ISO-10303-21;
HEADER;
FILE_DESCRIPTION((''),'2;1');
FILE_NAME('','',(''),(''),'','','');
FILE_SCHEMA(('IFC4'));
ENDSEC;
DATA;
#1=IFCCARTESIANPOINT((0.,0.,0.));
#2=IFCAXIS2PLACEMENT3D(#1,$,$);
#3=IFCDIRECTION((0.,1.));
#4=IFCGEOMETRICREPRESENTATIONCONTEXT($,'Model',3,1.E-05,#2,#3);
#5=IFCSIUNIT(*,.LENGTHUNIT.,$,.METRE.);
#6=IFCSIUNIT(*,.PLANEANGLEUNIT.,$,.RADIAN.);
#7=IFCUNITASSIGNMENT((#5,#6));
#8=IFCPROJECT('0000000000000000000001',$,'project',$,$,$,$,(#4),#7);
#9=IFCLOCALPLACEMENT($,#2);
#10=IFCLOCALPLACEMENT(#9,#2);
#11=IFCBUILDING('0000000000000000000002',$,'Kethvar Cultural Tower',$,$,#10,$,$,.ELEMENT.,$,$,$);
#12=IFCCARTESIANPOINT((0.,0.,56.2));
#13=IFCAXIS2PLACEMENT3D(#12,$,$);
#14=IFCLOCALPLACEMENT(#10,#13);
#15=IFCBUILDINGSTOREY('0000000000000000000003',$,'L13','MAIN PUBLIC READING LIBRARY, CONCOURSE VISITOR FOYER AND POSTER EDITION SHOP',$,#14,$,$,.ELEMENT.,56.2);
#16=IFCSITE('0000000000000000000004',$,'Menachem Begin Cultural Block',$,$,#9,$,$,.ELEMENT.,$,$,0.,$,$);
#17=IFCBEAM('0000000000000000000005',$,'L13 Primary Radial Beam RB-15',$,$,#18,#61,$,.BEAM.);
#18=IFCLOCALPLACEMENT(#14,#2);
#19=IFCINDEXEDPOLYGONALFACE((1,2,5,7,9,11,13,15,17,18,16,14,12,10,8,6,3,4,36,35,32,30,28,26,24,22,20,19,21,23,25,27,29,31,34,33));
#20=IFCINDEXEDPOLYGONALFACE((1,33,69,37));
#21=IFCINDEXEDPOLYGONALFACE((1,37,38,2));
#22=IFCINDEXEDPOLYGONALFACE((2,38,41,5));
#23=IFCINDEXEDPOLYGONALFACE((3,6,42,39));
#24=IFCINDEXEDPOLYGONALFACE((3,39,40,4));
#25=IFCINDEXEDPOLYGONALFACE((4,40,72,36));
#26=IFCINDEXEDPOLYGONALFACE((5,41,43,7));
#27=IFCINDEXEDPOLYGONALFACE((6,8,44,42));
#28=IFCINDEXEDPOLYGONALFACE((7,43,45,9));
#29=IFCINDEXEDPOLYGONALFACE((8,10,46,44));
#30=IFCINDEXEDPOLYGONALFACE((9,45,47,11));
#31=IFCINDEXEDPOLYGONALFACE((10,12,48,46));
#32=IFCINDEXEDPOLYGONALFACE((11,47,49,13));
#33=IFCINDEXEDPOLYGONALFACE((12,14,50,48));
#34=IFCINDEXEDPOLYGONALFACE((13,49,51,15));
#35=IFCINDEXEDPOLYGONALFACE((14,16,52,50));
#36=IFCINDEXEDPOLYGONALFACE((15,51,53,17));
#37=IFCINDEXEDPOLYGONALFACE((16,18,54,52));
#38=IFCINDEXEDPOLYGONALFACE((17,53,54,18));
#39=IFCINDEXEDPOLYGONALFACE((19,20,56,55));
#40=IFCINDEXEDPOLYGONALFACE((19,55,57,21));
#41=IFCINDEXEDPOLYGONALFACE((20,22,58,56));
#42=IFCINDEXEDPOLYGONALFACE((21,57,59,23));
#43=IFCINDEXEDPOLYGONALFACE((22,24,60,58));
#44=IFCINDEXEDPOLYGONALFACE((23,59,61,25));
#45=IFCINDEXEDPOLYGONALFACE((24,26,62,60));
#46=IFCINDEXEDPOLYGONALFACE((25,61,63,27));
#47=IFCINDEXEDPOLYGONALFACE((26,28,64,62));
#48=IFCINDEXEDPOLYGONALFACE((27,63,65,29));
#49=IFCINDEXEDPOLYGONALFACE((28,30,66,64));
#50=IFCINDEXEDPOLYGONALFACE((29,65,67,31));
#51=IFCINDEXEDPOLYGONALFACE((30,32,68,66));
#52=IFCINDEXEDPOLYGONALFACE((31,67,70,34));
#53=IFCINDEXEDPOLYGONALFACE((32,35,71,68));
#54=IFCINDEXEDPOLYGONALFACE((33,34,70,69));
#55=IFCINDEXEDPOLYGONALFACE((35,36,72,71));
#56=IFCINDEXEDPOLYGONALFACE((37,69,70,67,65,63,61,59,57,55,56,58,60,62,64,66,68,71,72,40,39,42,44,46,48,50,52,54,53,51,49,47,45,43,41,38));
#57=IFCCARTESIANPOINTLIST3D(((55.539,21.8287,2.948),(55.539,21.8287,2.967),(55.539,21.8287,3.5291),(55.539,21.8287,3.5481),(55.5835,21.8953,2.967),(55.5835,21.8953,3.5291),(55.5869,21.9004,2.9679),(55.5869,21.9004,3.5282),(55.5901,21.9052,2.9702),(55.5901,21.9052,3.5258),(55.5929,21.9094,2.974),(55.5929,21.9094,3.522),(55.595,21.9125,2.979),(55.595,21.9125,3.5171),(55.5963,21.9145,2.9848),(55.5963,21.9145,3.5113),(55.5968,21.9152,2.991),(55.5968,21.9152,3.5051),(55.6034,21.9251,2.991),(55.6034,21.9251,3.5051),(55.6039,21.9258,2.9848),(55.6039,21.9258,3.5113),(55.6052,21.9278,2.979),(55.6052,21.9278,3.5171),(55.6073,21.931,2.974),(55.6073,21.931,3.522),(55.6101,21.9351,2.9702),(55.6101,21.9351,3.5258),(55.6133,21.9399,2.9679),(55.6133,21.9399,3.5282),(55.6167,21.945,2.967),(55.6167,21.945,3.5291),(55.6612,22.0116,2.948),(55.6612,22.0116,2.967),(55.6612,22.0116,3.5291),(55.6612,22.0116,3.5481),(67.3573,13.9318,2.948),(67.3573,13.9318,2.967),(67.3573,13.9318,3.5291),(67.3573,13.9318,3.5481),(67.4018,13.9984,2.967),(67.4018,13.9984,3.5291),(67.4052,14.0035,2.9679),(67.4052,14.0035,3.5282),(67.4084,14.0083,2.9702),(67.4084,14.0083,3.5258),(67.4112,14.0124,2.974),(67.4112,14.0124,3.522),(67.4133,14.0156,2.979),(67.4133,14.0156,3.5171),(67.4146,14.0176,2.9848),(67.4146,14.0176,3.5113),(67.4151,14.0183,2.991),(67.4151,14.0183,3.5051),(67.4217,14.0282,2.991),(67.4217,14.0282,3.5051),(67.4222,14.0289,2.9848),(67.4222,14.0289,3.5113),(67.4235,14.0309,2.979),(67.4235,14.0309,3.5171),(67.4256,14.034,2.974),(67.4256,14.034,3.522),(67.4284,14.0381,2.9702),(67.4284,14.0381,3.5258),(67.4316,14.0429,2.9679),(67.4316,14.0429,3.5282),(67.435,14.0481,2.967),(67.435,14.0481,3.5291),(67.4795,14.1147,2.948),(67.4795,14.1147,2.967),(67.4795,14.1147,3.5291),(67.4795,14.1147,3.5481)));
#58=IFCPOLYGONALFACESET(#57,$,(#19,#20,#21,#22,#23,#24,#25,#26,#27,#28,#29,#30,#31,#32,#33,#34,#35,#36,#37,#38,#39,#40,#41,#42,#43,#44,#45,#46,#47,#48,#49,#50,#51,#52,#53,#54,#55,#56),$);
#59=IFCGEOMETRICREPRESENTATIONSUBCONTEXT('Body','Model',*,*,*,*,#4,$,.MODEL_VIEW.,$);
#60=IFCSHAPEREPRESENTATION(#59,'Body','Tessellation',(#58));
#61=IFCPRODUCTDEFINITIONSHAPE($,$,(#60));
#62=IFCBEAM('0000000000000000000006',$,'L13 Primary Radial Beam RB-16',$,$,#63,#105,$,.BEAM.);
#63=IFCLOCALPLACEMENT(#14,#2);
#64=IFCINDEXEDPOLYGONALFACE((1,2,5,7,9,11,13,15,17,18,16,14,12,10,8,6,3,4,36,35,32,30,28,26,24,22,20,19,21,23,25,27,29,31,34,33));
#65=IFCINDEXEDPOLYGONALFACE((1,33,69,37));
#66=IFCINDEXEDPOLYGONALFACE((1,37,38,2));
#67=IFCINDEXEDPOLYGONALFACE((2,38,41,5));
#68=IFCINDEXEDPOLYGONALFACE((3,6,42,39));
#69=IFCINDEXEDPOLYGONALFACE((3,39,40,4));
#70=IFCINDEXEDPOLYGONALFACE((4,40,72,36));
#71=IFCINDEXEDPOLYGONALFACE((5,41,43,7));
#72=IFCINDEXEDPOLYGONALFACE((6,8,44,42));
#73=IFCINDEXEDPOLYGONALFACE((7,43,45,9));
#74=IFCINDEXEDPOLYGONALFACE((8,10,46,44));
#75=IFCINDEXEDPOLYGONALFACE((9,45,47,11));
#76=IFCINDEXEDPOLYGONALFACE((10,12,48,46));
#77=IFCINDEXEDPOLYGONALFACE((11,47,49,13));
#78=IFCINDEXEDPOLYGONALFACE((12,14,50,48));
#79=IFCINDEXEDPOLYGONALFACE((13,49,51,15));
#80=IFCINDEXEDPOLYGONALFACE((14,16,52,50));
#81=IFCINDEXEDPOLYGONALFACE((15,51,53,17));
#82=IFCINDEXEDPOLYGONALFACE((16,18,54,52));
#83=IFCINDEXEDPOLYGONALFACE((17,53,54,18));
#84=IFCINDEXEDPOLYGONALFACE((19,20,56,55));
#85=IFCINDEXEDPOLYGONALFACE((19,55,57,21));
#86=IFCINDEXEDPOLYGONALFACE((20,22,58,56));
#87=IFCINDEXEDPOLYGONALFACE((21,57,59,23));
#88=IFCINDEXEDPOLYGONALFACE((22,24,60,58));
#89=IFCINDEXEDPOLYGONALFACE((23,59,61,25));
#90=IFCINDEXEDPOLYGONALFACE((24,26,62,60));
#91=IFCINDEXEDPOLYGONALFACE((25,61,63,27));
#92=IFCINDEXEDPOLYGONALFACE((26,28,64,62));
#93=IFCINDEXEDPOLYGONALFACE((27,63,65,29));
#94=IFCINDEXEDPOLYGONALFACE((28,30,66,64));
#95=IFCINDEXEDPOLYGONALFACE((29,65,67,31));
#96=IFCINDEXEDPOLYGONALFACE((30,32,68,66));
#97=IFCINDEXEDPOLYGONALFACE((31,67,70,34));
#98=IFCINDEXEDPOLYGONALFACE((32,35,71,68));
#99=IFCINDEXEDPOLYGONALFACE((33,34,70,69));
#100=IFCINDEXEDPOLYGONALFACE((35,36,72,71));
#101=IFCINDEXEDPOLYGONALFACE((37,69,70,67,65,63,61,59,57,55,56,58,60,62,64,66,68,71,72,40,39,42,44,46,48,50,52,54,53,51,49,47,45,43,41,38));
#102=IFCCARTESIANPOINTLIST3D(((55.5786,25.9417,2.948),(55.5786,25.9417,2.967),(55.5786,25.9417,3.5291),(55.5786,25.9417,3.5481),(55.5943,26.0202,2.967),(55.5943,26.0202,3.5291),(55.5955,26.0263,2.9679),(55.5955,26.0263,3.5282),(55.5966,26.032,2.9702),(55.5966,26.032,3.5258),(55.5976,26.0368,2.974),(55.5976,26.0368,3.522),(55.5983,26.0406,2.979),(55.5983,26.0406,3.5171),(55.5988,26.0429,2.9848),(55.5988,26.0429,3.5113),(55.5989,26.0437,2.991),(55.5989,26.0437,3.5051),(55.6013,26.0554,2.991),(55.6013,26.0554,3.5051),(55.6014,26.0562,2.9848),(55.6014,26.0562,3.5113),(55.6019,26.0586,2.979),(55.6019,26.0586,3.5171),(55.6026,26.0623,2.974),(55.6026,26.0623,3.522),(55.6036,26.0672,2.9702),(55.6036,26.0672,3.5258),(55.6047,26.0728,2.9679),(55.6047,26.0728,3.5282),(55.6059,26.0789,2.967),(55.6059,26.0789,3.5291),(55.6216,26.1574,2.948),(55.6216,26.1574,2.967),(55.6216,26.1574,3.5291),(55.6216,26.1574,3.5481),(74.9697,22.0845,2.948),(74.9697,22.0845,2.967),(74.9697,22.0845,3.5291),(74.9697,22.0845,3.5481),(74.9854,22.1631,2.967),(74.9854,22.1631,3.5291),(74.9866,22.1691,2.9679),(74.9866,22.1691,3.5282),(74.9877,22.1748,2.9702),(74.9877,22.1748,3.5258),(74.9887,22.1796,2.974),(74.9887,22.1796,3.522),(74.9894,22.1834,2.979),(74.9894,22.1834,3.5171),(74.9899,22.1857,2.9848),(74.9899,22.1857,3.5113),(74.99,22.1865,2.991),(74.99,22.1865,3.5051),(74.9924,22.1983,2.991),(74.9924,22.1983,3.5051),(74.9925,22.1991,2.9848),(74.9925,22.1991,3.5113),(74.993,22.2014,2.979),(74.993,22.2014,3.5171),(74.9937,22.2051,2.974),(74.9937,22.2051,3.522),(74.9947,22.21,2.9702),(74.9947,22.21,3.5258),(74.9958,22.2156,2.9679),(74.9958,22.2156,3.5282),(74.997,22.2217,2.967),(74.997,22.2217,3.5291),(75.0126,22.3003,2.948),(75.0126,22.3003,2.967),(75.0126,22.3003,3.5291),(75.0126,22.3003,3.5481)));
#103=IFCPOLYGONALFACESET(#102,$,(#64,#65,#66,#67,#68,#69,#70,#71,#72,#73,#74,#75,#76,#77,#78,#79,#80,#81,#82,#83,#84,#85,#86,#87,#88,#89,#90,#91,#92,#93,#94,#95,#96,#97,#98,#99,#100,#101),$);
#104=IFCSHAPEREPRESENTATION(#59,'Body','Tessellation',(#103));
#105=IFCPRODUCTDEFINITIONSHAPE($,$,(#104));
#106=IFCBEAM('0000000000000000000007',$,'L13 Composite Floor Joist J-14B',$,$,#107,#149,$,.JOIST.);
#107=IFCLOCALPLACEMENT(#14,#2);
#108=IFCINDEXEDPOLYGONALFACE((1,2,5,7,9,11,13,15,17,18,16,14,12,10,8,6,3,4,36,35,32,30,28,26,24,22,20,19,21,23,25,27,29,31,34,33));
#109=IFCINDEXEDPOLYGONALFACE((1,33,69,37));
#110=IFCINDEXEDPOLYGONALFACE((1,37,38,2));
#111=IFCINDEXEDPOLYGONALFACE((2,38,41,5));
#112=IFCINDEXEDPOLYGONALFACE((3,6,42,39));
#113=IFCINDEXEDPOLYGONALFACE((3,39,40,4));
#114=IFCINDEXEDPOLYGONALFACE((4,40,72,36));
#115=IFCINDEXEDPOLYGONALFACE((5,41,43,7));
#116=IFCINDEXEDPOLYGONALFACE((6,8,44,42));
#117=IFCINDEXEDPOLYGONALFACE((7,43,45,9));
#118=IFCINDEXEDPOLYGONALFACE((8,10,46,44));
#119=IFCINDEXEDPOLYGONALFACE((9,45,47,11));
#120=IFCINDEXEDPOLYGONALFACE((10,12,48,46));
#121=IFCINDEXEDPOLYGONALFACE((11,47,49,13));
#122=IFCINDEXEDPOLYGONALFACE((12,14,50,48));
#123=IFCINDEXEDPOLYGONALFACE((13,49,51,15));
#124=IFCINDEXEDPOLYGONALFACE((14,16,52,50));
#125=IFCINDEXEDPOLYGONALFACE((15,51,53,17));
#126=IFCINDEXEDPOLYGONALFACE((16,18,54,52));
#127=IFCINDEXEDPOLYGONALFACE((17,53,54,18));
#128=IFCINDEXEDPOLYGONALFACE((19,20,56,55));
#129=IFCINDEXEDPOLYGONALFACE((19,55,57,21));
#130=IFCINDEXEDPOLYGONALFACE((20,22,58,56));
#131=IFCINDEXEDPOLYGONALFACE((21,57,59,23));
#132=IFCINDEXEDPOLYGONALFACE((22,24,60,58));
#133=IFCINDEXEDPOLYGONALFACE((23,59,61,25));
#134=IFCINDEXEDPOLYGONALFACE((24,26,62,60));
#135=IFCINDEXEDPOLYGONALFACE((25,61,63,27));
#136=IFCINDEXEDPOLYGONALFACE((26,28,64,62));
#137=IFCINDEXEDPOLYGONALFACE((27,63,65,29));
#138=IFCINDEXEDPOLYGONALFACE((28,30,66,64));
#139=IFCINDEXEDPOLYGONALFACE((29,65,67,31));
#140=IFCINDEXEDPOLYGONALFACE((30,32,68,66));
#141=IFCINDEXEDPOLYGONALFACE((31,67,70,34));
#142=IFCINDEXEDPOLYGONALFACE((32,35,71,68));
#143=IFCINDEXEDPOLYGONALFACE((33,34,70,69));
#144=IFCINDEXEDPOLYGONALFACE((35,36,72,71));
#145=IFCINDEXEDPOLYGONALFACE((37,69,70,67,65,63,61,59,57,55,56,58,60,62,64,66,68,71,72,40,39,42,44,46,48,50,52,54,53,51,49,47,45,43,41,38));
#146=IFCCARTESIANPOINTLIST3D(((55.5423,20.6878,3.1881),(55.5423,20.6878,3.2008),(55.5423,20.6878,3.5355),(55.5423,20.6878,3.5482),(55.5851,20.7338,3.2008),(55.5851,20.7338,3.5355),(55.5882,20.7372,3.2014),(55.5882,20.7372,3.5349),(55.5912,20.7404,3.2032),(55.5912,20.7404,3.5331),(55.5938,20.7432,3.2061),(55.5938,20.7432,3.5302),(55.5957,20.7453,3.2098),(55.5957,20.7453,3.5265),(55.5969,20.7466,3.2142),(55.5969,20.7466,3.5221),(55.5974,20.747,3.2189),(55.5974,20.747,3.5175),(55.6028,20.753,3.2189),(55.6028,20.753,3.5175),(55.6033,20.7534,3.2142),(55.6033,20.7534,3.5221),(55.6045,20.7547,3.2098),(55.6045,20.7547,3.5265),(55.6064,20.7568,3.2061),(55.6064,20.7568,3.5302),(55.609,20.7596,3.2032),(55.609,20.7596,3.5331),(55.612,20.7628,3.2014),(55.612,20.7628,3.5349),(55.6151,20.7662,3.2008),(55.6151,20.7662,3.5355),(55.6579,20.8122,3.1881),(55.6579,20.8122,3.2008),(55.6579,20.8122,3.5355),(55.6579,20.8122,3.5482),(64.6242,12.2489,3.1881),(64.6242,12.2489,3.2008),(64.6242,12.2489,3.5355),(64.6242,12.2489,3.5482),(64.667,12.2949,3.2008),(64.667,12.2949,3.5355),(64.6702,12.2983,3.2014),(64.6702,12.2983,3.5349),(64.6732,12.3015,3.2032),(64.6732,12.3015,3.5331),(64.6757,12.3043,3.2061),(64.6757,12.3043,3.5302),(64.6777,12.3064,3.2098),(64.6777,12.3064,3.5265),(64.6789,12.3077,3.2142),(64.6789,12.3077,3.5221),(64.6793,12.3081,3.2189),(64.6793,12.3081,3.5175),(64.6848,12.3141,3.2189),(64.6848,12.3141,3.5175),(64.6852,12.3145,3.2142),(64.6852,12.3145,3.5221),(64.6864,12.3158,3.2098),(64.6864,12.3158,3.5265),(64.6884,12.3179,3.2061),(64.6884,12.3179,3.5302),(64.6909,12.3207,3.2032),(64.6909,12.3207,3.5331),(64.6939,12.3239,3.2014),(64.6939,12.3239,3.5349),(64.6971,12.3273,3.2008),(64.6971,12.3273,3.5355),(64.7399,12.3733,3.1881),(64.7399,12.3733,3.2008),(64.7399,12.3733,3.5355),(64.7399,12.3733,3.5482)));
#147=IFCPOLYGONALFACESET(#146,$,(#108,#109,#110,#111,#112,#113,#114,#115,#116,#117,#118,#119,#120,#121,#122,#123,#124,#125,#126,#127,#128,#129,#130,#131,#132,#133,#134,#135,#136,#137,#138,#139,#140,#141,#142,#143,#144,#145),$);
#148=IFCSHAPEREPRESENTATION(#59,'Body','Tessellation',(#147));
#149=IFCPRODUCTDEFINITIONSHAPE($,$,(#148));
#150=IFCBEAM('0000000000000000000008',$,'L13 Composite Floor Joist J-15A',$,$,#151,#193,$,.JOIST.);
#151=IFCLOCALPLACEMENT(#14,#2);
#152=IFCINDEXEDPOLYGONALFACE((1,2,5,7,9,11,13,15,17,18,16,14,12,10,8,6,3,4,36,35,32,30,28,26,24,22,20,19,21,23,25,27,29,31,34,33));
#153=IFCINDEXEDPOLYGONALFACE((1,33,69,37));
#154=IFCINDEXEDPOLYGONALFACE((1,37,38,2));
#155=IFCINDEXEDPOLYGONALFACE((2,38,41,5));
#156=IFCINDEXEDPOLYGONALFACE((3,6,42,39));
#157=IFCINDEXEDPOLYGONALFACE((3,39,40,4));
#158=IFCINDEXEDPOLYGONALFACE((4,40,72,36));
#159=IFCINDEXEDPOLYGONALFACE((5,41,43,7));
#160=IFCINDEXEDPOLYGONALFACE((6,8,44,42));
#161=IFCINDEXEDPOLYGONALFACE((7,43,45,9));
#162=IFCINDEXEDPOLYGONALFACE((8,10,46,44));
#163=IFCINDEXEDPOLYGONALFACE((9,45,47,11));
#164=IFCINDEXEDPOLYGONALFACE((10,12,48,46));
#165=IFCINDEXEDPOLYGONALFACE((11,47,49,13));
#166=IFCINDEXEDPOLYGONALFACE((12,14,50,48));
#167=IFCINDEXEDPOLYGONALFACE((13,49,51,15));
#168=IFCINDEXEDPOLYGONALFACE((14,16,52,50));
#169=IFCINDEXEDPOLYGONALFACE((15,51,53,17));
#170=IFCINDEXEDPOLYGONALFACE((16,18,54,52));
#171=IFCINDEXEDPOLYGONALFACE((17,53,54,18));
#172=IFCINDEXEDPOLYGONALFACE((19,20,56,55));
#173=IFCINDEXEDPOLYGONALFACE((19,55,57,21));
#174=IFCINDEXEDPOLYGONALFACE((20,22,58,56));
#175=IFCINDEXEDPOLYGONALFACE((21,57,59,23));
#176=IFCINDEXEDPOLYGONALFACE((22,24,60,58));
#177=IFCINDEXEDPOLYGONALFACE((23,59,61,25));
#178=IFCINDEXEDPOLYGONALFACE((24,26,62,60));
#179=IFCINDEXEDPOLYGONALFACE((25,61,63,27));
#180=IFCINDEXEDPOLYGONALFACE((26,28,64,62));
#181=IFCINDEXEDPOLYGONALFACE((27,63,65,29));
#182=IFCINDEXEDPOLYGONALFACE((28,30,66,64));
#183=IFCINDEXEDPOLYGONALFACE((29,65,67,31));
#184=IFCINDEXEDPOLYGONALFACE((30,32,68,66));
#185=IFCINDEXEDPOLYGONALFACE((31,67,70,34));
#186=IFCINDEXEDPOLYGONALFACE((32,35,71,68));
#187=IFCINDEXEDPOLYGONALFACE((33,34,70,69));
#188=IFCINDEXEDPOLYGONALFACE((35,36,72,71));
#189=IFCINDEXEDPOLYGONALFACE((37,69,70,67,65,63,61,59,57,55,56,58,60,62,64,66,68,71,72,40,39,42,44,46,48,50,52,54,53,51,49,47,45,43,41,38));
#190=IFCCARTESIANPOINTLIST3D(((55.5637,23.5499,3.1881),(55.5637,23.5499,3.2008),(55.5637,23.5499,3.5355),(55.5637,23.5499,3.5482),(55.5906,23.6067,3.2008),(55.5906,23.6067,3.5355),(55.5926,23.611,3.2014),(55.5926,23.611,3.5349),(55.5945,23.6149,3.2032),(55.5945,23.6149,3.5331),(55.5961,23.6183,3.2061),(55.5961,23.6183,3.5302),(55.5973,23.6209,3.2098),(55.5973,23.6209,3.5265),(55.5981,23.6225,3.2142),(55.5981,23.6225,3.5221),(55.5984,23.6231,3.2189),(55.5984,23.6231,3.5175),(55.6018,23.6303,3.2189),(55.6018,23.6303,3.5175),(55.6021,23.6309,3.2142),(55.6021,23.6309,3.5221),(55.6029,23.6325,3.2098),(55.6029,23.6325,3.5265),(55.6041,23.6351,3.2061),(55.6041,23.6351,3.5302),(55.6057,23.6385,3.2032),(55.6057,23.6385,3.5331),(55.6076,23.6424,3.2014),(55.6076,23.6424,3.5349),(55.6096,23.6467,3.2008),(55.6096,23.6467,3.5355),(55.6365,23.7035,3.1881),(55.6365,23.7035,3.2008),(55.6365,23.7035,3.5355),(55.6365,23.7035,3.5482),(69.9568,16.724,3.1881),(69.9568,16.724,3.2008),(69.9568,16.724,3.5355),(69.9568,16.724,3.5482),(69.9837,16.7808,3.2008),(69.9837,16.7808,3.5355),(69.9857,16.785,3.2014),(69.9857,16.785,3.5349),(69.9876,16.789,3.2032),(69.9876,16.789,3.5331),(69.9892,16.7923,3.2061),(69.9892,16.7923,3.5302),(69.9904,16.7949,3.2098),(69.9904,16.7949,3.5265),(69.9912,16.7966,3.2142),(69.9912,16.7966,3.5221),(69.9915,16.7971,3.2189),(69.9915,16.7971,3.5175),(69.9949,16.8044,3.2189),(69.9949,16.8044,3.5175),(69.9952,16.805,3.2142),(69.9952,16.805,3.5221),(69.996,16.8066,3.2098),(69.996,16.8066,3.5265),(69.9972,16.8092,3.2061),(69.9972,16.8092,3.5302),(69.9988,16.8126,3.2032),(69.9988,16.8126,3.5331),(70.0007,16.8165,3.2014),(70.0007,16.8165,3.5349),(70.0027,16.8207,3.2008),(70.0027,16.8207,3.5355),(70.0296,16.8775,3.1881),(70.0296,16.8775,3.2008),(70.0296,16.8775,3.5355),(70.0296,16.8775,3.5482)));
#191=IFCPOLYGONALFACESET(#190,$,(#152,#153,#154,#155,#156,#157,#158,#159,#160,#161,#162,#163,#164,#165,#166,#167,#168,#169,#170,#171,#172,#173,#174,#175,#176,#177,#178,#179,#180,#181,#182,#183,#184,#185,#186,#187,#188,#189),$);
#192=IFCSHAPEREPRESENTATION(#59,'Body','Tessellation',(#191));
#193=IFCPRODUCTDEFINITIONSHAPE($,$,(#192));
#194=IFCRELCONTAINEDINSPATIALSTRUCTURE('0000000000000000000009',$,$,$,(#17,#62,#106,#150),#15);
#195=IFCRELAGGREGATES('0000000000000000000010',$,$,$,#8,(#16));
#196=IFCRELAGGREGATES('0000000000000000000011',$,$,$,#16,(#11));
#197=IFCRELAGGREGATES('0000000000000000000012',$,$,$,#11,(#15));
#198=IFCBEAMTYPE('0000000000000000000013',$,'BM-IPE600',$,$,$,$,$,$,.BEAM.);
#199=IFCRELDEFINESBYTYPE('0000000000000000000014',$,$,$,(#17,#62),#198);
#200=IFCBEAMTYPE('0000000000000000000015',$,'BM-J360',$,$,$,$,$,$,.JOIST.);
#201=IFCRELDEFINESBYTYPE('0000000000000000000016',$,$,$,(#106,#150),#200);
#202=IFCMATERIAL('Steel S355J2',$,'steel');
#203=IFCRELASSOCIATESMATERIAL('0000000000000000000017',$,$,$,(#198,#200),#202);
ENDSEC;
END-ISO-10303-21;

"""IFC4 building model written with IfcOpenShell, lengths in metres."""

from ifc_helpers import new_model, si_unit, direction, frame, origin, origin_2d, place, context, subcontext, project, spatial, i_section, extrude, source, transform, mapped, material, material_profile, profile_set, type_object, element, save


model = new_model("IFC4")

# Units and contexts
model_context = context("Model", 3, precision=1e-05, world=origin(), true_north=direction((0.0, 1.0)))
body_context = subcontext(model_context, "Body", "Model", "MODEL_VIEW")
ifc_project = project(units=[si_unit("LENGTHUNIT", "METRE"), si_unit("PLANEANGLEUNIT", "RADIAN")], contexts=[model_context])

# Site, building, storey
site_placement = place(None, origin())
site = spatial("IfcSite", under=ifc_project, at=site_placement, Name="Menachem Begin Cultural Block", CompositionType="ELEMENT", RefElevation=0.0)
building_placement = place(site_placement, origin())
building = spatial("IfcBuilding", under=site, at=building_placement, Name="Kethvar Cultural Tower", CompositionType="ELEMENT")
storey_placement = place(building_placement, frame((0.0, 0.0, 56.2)))
storey = spatial("IfcBuildingStorey", under=building, at=storey_placement, Name="L13", Description="MAIN PUBLIC READING LIBRARY, CONCOURSE VISITOR FOYER AND POSTER EDITION SHOP", CompositionType="ELEMENT", Elevation=56.2)

# Beams
ifc_material_1 = material(Name="Steel S355J2", Category="steel")
ifc_material_profile_1 = material_profile(ifc_material_1, i_section(OverallWidth=0.22, OverallDepth=0.6001, WebThickness=0.012, FlangeThickness=0.019, FilletRadius=0.0239, at=origin_2d()), Name="Steel S355J2 — IPE600")
ifc_profile_set_1 = profile_set([ifc_material_profile_1], Name="Steel S355J2 — IPE600")
beam_type_1 = type_object("IfcBeamType", Name="BM-IPE600", PredefinedType="BEAM", material=ifc_profile_set_1)
shared_shape_1 = source(origin(), body_context, "Body", "SweptSolid", [
    extrude(i_section(OverallWidth=0.22, OverallDepth=0.6001, WebThickness=0.012, FlangeThickness=0.019, FilletRadius=0.0239, at=origin_2d()), origin(), (0.0, 0.0, 1.0), 14.2139),
])
beam_1_placement = place(storey_placement, frame((55.6001, 21.9202, 3.248), z_axis=(0.831463, -0.55558, 0.0), x_axis=(0.55558, 0.831463, 0.0)))
element("IfcBeam", 1, at=beam_1_placement, inside=storey, type_object=beam_type_1, Name="L13 Primary Radial Beam RB-15", PredefinedType="BEAM", context=body_context, shape_type="MappedRepresentation", body=[
    mapped(shared_shape_1, transform((0.0, 0.0, 0.0), scale=1.0)),
])
shared_shape_2 = source(origin(), body_context, "Body", "SweptSolid", [
    extrude(i_section(OverallWidth=0.22, OverallDepth=0.6001, WebThickness=0.012, FlangeThickness=0.019, FilletRadius=0.0239, at=origin_2d()), origin(), (0.0, 0.0, 1.0), 19.771),
])
beam_2_placement = place(storey_placement, frame((55.6001, 26.0496, 3.248), z_axis=(0.980785, -0.195093, 0.0), x_axis=(0.195093, 0.980785, 0.0)))
element("IfcBeam", 2, at=beam_2_placement, inside=storey, type_object=beam_type_1, Name="L13 Primary Radial Beam RB-16", PredefinedType="BEAM", context=body_context, shape_type="MappedRepresentation", body=[
    mapped(shared_shape_2, transform((0.0, 0.0, 0.0), scale=1.0)),
])
ifc_material_profile_2 = material_profile(ifc_material_1, i_section(OverallWidth=0.1699, OverallDepth=0.3601, WebThickness=0.0081, FlangeThickness=0.0127, FilletRadius=0.0181, at=origin_2d()), Name="Steel S355J2 — IPE360")
ifc_profile_set_2 = profile_set([ifc_material_profile_2], Name="Steel S355J2 — IPE360")
beam_type_2 = type_object("IfcBeamType", Name="BM-J360", PredefinedType="JOIST", material=ifc_profile_set_2)
shared_shape_3 = source(origin(), body_context, "Body", "SweptSolid", [
    extrude(i_section(OverallWidth=0.1699, OverallDepth=0.3601, WebThickness=0.0081, FlangeThickness=0.0127, FilletRadius=0.0181, at=origin_2d()), origin(), (0.0, 0.0, 1.0), 12.3975),
])
beam_3_placement = place(storey_placement, frame((55.6001, 20.75, 3.3682), z_axis=(0.732566, -0.680696, 0.0), x_axis=(0.680696, 0.732566, 0.0)))
element("IfcBeam", 3, at=beam_3_placement, inside=storey, type_object=beam_type_2, Name="L13 Composite Floor Joist J-14B", PredefinedType="JOIST", context=body_context, shape_type="MappedRepresentation", body=[
    mapped(shared_shape_3, transform((0.0, 0.0, 0.0), scale=1.0)),
])
shared_shape_4 = source(origin(), body_context, "Body", "SweptSolid", [
    extrude(i_section(OverallWidth=0.1699, OverallDepth=0.3601, WebThickness=0.0081, FlangeThickness=0.0127, FilletRadius=0.0181, at=origin_2d()), origin(), (0.0, 0.0, 1.0), 15.9297),
])
beam_4_placement = place(storey_placement, frame((55.6001, 23.6267, 3.3682), z_axis=(0.90354, -0.428505, 0.0), x_axis=(0.428505, 0.90354, 0.0)))
element("IfcBeam", 4, at=beam_4_placement, inside=storey, type_object=beam_type_2, Name="L13 Composite Floor Joist J-15A", PredefinedType="JOIST", context=body_context, shape_type="MappedRepresentation", body=[
    mapped(shared_shape_4, transform((0.0, 0.0, 0.0), scale=1.0)),
])

save(model, "model.ifc")
